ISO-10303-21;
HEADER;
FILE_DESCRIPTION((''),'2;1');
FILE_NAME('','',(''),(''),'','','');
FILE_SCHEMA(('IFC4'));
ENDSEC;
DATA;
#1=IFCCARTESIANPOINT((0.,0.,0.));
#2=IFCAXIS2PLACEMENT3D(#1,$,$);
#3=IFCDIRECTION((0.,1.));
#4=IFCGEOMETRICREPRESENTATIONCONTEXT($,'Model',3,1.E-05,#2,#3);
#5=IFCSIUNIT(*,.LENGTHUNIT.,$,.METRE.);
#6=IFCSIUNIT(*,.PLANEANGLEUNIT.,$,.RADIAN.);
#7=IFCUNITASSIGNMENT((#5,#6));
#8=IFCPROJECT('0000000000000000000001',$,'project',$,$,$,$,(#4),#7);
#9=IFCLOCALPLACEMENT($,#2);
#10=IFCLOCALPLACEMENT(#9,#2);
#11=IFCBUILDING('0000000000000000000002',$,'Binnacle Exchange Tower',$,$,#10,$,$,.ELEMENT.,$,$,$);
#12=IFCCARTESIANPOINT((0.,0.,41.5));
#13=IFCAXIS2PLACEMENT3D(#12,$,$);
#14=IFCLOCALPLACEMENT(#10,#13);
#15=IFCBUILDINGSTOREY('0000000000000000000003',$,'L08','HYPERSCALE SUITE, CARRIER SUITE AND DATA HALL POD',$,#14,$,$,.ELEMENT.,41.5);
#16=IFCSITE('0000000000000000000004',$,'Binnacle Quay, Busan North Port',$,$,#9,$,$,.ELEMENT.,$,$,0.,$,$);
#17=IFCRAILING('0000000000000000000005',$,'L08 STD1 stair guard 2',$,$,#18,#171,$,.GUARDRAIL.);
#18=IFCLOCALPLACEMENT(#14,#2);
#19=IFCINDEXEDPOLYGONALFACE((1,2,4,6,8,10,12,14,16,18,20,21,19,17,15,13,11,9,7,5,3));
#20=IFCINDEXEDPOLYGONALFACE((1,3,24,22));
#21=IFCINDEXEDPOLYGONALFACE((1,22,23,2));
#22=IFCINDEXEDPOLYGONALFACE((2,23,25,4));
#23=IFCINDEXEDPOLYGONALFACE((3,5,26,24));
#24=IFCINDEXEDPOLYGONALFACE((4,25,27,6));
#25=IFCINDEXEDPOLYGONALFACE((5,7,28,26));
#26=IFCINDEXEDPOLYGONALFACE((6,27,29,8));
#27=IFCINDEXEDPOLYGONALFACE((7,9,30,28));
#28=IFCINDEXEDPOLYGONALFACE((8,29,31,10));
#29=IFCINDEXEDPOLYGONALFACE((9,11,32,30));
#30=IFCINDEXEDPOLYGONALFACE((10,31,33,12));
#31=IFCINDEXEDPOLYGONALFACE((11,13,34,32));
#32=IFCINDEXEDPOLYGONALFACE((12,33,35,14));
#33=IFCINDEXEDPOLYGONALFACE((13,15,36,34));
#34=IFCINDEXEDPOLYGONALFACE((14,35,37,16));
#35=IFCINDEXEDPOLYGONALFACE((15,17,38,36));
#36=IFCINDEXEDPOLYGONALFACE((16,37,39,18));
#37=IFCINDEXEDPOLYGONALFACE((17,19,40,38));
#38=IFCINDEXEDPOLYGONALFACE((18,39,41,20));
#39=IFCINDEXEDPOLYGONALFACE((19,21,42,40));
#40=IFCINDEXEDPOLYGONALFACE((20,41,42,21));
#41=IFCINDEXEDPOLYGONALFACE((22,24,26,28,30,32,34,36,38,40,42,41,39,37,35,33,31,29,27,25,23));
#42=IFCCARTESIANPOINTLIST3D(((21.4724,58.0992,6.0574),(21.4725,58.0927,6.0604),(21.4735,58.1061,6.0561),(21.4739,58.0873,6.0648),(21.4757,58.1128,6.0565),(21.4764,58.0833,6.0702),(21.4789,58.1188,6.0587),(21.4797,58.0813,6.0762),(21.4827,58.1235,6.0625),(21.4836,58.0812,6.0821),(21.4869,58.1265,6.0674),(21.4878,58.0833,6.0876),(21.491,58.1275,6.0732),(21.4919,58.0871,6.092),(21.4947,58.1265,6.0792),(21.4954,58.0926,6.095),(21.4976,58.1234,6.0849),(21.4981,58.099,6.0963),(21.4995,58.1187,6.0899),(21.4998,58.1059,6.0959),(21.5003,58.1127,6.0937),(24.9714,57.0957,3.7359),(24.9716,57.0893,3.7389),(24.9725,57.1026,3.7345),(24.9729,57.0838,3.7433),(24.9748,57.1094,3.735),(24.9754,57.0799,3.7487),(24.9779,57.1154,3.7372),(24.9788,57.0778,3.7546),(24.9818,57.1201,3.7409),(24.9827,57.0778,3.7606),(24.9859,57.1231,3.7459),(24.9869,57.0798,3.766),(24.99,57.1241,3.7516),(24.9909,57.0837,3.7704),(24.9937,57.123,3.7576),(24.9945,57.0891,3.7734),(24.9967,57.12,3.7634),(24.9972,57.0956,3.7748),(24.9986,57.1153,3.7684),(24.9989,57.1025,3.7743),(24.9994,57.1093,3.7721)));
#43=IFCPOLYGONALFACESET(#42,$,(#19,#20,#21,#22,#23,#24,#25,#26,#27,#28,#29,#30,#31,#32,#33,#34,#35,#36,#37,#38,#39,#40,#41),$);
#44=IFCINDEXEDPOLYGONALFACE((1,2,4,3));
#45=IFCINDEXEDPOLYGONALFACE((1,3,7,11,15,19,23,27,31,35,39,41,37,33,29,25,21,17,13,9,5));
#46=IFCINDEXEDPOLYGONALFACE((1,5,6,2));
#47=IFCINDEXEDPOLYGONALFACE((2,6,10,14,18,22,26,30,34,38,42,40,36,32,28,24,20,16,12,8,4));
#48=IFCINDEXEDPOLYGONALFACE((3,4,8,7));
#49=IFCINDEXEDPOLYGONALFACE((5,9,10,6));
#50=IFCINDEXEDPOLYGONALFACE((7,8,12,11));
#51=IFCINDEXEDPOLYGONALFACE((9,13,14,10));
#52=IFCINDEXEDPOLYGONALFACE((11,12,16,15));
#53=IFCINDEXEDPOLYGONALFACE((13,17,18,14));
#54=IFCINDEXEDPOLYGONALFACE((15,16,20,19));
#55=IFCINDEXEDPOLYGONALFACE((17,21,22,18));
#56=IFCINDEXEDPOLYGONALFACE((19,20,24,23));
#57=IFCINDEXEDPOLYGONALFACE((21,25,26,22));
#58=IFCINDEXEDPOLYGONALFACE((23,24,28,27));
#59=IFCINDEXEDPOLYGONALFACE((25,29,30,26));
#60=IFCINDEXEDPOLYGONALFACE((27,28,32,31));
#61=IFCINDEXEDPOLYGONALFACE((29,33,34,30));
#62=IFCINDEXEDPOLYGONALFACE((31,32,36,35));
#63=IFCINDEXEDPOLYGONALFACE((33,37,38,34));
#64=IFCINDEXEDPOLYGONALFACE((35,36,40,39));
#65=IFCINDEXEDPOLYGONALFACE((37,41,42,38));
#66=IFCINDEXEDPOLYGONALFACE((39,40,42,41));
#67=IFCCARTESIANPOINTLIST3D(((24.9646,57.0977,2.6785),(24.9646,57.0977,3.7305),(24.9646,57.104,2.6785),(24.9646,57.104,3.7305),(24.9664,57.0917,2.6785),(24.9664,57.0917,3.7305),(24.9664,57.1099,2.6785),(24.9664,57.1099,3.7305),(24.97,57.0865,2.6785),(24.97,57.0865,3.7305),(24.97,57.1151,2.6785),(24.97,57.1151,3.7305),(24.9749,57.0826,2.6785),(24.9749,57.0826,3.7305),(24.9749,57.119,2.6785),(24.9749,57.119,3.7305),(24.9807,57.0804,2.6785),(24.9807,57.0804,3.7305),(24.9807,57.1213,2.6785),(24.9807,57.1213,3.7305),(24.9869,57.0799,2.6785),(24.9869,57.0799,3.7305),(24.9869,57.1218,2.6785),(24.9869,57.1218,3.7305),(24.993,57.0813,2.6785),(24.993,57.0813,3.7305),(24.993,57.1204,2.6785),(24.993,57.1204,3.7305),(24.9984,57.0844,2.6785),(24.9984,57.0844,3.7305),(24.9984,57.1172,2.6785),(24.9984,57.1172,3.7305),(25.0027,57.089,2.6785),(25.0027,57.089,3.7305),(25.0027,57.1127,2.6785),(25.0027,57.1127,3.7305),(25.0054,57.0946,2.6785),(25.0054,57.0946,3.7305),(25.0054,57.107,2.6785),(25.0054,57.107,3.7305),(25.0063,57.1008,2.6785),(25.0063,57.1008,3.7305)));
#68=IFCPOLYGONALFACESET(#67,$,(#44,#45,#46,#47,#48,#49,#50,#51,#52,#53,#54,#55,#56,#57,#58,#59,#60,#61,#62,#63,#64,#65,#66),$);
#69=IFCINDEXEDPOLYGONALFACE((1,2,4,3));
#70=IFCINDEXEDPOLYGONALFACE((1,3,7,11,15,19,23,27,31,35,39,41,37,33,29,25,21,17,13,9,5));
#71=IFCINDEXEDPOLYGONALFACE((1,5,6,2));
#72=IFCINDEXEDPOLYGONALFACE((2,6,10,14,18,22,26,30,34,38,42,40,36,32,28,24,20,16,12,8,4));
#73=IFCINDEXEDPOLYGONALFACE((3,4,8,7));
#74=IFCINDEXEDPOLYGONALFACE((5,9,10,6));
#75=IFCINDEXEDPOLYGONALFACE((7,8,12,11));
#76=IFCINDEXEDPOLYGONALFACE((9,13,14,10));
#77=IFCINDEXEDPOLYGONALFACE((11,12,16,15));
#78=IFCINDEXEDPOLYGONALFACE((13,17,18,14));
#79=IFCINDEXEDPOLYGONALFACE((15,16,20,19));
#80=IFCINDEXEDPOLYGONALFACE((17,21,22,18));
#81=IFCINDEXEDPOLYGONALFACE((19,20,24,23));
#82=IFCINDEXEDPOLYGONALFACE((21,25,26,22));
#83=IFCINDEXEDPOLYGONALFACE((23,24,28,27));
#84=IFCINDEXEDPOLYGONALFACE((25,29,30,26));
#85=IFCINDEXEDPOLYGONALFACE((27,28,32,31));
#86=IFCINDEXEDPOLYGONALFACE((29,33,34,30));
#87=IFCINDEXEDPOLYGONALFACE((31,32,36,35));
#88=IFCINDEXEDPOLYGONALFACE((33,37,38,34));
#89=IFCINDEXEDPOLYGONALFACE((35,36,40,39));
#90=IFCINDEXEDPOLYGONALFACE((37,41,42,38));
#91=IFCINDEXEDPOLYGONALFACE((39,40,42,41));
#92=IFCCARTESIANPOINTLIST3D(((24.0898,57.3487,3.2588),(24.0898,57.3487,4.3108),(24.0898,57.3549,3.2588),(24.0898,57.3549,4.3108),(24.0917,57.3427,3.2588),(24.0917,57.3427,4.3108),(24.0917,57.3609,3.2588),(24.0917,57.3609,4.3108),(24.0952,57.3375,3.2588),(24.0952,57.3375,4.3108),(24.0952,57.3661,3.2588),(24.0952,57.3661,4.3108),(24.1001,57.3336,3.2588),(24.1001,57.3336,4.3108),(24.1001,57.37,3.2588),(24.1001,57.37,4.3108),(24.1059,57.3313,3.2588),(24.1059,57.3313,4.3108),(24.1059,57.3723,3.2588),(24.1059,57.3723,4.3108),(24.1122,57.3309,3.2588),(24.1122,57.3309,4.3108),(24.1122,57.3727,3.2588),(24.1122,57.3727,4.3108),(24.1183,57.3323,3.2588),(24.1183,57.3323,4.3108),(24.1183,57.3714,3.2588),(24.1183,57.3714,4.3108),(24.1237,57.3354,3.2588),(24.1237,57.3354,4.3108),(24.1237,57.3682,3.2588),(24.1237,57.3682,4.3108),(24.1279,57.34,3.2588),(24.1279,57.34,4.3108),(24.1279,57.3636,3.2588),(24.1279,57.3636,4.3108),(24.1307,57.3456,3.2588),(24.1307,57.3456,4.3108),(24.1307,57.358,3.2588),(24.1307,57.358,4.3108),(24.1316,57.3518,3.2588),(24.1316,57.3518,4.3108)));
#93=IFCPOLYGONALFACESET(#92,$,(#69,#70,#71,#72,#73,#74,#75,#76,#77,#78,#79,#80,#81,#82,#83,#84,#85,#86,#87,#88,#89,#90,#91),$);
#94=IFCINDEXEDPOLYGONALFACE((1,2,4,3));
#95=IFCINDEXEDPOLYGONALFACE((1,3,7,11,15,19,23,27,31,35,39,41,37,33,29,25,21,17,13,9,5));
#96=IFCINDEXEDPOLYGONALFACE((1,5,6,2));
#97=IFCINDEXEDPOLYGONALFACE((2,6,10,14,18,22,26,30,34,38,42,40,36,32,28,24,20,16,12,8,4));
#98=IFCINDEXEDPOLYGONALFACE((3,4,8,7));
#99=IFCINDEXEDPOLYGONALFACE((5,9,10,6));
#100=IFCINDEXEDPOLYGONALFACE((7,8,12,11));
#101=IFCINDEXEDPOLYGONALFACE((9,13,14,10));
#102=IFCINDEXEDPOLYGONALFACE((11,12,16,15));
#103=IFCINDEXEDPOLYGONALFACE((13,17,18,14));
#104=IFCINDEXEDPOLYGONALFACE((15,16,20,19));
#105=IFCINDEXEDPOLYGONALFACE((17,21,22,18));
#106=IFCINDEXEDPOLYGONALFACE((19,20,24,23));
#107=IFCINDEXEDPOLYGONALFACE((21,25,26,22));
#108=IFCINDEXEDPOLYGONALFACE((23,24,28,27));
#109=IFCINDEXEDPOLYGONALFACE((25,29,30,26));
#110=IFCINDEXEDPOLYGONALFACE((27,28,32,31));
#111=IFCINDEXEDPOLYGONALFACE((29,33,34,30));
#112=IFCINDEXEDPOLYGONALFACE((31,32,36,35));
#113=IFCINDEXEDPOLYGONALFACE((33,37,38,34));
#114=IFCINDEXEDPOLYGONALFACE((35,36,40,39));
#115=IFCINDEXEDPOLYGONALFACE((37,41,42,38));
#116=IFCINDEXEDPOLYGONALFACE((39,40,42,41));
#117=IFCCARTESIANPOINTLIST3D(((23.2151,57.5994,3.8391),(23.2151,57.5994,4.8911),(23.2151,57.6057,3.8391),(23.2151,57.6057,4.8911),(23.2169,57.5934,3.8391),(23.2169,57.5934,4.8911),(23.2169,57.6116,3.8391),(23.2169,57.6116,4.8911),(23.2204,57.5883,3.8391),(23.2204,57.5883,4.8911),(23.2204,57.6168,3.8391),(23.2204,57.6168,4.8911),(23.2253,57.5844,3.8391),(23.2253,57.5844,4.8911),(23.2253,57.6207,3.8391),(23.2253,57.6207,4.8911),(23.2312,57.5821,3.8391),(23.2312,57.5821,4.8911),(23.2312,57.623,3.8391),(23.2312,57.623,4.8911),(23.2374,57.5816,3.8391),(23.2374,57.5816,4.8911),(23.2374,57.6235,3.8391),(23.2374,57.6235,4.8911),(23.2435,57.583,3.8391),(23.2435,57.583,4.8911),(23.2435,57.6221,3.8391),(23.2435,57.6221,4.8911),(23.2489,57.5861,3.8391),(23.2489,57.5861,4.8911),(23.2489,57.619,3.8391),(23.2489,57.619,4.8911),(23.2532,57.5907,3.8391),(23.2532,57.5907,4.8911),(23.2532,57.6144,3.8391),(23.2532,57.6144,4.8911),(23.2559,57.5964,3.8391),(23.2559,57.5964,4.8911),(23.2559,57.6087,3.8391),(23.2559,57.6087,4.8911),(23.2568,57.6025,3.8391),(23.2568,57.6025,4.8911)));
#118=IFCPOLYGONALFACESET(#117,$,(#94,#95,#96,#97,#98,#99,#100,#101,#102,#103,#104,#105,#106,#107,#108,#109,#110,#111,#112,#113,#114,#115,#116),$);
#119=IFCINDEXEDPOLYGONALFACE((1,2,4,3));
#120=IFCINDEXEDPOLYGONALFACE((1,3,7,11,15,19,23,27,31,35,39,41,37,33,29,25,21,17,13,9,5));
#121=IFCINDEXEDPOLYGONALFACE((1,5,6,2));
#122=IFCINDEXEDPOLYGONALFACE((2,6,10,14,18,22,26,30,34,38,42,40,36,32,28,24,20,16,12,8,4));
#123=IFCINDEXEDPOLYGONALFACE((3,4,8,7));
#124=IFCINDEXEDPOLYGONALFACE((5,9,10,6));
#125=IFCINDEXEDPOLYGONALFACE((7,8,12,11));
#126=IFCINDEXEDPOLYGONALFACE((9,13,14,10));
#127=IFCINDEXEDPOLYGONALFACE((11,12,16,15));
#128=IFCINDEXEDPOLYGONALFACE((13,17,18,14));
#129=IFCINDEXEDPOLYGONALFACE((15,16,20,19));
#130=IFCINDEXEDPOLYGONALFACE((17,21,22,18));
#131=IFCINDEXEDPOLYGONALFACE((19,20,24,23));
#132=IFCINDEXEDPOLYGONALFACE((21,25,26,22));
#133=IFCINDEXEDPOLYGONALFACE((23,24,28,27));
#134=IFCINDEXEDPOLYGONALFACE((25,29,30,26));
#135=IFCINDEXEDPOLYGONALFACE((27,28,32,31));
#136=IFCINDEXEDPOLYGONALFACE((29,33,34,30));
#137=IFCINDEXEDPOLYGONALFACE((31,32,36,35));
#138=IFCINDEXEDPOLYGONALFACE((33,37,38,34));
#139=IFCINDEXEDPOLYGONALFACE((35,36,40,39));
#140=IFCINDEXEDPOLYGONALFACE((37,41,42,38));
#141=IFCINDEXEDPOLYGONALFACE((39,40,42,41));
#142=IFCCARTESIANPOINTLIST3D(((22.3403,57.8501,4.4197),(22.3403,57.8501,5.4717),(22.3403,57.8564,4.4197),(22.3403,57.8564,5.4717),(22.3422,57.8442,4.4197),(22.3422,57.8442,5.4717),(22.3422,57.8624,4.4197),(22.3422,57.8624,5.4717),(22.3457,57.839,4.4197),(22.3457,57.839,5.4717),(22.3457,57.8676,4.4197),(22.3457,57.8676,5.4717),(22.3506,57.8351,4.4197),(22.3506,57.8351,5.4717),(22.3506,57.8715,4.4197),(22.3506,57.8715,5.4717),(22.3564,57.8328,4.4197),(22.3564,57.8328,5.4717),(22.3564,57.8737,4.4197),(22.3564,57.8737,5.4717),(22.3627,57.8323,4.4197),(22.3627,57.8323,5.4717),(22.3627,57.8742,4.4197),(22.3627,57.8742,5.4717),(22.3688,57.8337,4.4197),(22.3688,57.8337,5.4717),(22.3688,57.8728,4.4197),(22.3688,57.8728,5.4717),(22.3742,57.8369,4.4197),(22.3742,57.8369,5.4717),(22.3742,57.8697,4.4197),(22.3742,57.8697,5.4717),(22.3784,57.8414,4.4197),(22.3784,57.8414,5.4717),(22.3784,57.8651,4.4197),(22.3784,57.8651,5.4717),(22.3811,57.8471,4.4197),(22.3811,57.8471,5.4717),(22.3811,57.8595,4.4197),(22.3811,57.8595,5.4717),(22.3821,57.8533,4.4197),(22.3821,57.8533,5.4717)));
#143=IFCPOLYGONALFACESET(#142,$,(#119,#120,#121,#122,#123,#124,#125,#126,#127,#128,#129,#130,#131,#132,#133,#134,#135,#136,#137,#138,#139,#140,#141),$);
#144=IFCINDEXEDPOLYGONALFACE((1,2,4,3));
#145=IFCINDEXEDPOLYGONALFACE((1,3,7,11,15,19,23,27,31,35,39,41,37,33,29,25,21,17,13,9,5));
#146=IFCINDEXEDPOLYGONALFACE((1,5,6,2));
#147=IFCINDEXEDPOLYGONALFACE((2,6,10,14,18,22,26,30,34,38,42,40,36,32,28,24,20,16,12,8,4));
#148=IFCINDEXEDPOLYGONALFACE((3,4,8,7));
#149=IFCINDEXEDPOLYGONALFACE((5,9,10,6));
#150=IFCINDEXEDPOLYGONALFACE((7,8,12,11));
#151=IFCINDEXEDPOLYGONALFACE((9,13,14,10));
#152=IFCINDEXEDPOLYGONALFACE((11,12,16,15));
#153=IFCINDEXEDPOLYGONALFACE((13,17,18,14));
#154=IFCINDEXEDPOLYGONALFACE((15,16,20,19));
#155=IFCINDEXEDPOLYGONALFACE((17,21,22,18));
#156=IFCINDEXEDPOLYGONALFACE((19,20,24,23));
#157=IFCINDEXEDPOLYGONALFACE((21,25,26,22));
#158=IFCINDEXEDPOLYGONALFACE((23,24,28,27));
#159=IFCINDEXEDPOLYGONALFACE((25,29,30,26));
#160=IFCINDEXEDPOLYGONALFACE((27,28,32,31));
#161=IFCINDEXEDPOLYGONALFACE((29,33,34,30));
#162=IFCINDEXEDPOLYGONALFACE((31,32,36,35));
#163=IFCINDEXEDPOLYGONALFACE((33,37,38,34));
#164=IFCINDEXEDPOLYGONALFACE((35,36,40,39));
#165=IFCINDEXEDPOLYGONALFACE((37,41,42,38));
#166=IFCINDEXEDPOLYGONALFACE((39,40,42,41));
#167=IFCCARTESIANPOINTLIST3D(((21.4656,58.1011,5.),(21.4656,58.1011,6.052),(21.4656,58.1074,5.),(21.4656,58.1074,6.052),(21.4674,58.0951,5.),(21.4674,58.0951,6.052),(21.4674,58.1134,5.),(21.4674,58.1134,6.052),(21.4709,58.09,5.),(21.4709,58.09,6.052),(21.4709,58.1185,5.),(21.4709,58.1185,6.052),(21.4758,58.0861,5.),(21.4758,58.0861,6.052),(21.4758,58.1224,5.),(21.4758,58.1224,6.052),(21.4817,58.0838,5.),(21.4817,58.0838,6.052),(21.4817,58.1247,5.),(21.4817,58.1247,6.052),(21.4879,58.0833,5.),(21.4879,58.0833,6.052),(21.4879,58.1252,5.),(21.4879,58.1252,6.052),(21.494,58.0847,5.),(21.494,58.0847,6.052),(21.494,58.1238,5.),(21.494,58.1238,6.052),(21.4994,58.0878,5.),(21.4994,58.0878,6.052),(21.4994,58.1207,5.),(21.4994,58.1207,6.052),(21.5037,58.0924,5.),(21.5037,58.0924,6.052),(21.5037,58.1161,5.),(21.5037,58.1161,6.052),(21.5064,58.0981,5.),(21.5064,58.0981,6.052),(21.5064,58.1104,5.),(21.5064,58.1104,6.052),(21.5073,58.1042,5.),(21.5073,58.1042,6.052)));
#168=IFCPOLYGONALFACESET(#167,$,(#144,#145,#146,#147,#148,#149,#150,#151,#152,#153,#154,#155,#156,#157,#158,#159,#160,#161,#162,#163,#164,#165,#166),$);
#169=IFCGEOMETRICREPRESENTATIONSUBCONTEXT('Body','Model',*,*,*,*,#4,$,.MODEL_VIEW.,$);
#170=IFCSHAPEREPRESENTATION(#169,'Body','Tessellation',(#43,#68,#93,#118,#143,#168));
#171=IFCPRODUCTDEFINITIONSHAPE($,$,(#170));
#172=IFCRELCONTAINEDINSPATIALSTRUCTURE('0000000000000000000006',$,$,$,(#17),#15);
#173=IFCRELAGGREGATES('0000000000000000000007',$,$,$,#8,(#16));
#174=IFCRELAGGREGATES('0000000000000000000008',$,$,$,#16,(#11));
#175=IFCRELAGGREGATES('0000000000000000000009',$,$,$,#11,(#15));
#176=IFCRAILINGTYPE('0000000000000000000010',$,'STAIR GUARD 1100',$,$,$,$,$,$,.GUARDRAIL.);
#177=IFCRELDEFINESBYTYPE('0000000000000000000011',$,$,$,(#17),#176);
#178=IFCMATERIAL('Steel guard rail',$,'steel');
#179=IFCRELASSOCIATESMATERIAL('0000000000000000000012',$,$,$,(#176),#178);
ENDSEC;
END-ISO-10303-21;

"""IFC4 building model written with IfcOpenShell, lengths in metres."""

from ifc_helpers import new_model, si_unit, direction, frame, origin, origin_2d, place, context, subcontext, project, spatial, circle, extrude, material, type_object, element, save


model = new_model("IFC4")

# Units and contexts
model_context = context("Model", 3, precision=1e-05, world=origin(), true_north=direction((0.0, 1.0)))
body_context = subcontext(model_context, "Body", "Model", "MODEL_VIEW")
ifc_project = project(units=[si_unit("LENGTHUNIT", "METRE"), si_unit("PLANEANGLEUNIT", "RADIAN")], contexts=[model_context])

# Site, building, storey
site_placement = place(None, origin())
site = spatial("IfcSite", under=ifc_project, at=site_placement, Name="Binnacle Quay, Busan North Port", CompositionType="ELEMENT", RefElevation=0.0)
building_placement = place(site_placement, origin())
building = spatial("IfcBuilding", under=site, at=building_placement, Name="Binnacle Exchange Tower", CompositionType="ELEMENT")
storey_placement = place(building_placement, frame((0.0, 0.0, 41.5)))
storey = spatial("IfcBuildingStorey", under=building, at=storey_placement, Name="L08", Description="HYPERSCALE SUITE, CARRIER SUITE AND DATA HALL POD", CompositionType="ELEMENT", Elevation=41.5)

# Railing
ifc_material_1 = material(Name="Steel guard rail", Category="steel")
railing_type_1 = type_object("IfcRailingType", Name="STAIR GUARD 1100", PredefinedType="GUARDRAIL", material=ifc_material_1)
railing_1_placement = place(storey_placement, frame((24.9854, 57.1008, 2.6785)))
element("IfcRailing", 1, at=railing_1_placement, inside=storey, type_object=railing_type_1, Name="L08 STD1 stair guard 2", PredefinedType="GUARDRAIL", context=body_context, shape_type="SweptSolid", body=[
    extrude(circle(Radius=0.0239, at=origin_2d()), frame((0.0, 0.0, 1.0762), z_axis=(-0.810456, 0.232415, 0.537722), x_axis=(-0.27566, -0.961255, 0.0)), (0.0, 0.0, 1.0), 4.3174),
    extrude(circle(Radius=0.021, at=origin_2d()), origin(), (0.0, 0.0, 1.0), 1.052),
    extrude(circle(Radius=0.021, at=origin_2d()), frame((-0.8748, 0.251, 0.5803)), (0.0, 0.0, 1.0), 1.052),
    extrude(circle(Radius=0.021, at=origin_2d()), frame((-1.7495, 0.5017, 1.1606)), (0.0, 0.0, 1.0), 1.052),
    extrude(circle(Radius=0.021, at=origin_2d()), frame((-2.6243, 0.7524, 1.7412)), (0.0, 0.0, 1.0), 1.052),
    extrude(circle(Radius=0.021, at=origin_2d()), frame((-3.499, 1.0034, 2.3215)), (0.0, 0.0, 1.0), 1.052),
])

save(model, "model.ifc")
